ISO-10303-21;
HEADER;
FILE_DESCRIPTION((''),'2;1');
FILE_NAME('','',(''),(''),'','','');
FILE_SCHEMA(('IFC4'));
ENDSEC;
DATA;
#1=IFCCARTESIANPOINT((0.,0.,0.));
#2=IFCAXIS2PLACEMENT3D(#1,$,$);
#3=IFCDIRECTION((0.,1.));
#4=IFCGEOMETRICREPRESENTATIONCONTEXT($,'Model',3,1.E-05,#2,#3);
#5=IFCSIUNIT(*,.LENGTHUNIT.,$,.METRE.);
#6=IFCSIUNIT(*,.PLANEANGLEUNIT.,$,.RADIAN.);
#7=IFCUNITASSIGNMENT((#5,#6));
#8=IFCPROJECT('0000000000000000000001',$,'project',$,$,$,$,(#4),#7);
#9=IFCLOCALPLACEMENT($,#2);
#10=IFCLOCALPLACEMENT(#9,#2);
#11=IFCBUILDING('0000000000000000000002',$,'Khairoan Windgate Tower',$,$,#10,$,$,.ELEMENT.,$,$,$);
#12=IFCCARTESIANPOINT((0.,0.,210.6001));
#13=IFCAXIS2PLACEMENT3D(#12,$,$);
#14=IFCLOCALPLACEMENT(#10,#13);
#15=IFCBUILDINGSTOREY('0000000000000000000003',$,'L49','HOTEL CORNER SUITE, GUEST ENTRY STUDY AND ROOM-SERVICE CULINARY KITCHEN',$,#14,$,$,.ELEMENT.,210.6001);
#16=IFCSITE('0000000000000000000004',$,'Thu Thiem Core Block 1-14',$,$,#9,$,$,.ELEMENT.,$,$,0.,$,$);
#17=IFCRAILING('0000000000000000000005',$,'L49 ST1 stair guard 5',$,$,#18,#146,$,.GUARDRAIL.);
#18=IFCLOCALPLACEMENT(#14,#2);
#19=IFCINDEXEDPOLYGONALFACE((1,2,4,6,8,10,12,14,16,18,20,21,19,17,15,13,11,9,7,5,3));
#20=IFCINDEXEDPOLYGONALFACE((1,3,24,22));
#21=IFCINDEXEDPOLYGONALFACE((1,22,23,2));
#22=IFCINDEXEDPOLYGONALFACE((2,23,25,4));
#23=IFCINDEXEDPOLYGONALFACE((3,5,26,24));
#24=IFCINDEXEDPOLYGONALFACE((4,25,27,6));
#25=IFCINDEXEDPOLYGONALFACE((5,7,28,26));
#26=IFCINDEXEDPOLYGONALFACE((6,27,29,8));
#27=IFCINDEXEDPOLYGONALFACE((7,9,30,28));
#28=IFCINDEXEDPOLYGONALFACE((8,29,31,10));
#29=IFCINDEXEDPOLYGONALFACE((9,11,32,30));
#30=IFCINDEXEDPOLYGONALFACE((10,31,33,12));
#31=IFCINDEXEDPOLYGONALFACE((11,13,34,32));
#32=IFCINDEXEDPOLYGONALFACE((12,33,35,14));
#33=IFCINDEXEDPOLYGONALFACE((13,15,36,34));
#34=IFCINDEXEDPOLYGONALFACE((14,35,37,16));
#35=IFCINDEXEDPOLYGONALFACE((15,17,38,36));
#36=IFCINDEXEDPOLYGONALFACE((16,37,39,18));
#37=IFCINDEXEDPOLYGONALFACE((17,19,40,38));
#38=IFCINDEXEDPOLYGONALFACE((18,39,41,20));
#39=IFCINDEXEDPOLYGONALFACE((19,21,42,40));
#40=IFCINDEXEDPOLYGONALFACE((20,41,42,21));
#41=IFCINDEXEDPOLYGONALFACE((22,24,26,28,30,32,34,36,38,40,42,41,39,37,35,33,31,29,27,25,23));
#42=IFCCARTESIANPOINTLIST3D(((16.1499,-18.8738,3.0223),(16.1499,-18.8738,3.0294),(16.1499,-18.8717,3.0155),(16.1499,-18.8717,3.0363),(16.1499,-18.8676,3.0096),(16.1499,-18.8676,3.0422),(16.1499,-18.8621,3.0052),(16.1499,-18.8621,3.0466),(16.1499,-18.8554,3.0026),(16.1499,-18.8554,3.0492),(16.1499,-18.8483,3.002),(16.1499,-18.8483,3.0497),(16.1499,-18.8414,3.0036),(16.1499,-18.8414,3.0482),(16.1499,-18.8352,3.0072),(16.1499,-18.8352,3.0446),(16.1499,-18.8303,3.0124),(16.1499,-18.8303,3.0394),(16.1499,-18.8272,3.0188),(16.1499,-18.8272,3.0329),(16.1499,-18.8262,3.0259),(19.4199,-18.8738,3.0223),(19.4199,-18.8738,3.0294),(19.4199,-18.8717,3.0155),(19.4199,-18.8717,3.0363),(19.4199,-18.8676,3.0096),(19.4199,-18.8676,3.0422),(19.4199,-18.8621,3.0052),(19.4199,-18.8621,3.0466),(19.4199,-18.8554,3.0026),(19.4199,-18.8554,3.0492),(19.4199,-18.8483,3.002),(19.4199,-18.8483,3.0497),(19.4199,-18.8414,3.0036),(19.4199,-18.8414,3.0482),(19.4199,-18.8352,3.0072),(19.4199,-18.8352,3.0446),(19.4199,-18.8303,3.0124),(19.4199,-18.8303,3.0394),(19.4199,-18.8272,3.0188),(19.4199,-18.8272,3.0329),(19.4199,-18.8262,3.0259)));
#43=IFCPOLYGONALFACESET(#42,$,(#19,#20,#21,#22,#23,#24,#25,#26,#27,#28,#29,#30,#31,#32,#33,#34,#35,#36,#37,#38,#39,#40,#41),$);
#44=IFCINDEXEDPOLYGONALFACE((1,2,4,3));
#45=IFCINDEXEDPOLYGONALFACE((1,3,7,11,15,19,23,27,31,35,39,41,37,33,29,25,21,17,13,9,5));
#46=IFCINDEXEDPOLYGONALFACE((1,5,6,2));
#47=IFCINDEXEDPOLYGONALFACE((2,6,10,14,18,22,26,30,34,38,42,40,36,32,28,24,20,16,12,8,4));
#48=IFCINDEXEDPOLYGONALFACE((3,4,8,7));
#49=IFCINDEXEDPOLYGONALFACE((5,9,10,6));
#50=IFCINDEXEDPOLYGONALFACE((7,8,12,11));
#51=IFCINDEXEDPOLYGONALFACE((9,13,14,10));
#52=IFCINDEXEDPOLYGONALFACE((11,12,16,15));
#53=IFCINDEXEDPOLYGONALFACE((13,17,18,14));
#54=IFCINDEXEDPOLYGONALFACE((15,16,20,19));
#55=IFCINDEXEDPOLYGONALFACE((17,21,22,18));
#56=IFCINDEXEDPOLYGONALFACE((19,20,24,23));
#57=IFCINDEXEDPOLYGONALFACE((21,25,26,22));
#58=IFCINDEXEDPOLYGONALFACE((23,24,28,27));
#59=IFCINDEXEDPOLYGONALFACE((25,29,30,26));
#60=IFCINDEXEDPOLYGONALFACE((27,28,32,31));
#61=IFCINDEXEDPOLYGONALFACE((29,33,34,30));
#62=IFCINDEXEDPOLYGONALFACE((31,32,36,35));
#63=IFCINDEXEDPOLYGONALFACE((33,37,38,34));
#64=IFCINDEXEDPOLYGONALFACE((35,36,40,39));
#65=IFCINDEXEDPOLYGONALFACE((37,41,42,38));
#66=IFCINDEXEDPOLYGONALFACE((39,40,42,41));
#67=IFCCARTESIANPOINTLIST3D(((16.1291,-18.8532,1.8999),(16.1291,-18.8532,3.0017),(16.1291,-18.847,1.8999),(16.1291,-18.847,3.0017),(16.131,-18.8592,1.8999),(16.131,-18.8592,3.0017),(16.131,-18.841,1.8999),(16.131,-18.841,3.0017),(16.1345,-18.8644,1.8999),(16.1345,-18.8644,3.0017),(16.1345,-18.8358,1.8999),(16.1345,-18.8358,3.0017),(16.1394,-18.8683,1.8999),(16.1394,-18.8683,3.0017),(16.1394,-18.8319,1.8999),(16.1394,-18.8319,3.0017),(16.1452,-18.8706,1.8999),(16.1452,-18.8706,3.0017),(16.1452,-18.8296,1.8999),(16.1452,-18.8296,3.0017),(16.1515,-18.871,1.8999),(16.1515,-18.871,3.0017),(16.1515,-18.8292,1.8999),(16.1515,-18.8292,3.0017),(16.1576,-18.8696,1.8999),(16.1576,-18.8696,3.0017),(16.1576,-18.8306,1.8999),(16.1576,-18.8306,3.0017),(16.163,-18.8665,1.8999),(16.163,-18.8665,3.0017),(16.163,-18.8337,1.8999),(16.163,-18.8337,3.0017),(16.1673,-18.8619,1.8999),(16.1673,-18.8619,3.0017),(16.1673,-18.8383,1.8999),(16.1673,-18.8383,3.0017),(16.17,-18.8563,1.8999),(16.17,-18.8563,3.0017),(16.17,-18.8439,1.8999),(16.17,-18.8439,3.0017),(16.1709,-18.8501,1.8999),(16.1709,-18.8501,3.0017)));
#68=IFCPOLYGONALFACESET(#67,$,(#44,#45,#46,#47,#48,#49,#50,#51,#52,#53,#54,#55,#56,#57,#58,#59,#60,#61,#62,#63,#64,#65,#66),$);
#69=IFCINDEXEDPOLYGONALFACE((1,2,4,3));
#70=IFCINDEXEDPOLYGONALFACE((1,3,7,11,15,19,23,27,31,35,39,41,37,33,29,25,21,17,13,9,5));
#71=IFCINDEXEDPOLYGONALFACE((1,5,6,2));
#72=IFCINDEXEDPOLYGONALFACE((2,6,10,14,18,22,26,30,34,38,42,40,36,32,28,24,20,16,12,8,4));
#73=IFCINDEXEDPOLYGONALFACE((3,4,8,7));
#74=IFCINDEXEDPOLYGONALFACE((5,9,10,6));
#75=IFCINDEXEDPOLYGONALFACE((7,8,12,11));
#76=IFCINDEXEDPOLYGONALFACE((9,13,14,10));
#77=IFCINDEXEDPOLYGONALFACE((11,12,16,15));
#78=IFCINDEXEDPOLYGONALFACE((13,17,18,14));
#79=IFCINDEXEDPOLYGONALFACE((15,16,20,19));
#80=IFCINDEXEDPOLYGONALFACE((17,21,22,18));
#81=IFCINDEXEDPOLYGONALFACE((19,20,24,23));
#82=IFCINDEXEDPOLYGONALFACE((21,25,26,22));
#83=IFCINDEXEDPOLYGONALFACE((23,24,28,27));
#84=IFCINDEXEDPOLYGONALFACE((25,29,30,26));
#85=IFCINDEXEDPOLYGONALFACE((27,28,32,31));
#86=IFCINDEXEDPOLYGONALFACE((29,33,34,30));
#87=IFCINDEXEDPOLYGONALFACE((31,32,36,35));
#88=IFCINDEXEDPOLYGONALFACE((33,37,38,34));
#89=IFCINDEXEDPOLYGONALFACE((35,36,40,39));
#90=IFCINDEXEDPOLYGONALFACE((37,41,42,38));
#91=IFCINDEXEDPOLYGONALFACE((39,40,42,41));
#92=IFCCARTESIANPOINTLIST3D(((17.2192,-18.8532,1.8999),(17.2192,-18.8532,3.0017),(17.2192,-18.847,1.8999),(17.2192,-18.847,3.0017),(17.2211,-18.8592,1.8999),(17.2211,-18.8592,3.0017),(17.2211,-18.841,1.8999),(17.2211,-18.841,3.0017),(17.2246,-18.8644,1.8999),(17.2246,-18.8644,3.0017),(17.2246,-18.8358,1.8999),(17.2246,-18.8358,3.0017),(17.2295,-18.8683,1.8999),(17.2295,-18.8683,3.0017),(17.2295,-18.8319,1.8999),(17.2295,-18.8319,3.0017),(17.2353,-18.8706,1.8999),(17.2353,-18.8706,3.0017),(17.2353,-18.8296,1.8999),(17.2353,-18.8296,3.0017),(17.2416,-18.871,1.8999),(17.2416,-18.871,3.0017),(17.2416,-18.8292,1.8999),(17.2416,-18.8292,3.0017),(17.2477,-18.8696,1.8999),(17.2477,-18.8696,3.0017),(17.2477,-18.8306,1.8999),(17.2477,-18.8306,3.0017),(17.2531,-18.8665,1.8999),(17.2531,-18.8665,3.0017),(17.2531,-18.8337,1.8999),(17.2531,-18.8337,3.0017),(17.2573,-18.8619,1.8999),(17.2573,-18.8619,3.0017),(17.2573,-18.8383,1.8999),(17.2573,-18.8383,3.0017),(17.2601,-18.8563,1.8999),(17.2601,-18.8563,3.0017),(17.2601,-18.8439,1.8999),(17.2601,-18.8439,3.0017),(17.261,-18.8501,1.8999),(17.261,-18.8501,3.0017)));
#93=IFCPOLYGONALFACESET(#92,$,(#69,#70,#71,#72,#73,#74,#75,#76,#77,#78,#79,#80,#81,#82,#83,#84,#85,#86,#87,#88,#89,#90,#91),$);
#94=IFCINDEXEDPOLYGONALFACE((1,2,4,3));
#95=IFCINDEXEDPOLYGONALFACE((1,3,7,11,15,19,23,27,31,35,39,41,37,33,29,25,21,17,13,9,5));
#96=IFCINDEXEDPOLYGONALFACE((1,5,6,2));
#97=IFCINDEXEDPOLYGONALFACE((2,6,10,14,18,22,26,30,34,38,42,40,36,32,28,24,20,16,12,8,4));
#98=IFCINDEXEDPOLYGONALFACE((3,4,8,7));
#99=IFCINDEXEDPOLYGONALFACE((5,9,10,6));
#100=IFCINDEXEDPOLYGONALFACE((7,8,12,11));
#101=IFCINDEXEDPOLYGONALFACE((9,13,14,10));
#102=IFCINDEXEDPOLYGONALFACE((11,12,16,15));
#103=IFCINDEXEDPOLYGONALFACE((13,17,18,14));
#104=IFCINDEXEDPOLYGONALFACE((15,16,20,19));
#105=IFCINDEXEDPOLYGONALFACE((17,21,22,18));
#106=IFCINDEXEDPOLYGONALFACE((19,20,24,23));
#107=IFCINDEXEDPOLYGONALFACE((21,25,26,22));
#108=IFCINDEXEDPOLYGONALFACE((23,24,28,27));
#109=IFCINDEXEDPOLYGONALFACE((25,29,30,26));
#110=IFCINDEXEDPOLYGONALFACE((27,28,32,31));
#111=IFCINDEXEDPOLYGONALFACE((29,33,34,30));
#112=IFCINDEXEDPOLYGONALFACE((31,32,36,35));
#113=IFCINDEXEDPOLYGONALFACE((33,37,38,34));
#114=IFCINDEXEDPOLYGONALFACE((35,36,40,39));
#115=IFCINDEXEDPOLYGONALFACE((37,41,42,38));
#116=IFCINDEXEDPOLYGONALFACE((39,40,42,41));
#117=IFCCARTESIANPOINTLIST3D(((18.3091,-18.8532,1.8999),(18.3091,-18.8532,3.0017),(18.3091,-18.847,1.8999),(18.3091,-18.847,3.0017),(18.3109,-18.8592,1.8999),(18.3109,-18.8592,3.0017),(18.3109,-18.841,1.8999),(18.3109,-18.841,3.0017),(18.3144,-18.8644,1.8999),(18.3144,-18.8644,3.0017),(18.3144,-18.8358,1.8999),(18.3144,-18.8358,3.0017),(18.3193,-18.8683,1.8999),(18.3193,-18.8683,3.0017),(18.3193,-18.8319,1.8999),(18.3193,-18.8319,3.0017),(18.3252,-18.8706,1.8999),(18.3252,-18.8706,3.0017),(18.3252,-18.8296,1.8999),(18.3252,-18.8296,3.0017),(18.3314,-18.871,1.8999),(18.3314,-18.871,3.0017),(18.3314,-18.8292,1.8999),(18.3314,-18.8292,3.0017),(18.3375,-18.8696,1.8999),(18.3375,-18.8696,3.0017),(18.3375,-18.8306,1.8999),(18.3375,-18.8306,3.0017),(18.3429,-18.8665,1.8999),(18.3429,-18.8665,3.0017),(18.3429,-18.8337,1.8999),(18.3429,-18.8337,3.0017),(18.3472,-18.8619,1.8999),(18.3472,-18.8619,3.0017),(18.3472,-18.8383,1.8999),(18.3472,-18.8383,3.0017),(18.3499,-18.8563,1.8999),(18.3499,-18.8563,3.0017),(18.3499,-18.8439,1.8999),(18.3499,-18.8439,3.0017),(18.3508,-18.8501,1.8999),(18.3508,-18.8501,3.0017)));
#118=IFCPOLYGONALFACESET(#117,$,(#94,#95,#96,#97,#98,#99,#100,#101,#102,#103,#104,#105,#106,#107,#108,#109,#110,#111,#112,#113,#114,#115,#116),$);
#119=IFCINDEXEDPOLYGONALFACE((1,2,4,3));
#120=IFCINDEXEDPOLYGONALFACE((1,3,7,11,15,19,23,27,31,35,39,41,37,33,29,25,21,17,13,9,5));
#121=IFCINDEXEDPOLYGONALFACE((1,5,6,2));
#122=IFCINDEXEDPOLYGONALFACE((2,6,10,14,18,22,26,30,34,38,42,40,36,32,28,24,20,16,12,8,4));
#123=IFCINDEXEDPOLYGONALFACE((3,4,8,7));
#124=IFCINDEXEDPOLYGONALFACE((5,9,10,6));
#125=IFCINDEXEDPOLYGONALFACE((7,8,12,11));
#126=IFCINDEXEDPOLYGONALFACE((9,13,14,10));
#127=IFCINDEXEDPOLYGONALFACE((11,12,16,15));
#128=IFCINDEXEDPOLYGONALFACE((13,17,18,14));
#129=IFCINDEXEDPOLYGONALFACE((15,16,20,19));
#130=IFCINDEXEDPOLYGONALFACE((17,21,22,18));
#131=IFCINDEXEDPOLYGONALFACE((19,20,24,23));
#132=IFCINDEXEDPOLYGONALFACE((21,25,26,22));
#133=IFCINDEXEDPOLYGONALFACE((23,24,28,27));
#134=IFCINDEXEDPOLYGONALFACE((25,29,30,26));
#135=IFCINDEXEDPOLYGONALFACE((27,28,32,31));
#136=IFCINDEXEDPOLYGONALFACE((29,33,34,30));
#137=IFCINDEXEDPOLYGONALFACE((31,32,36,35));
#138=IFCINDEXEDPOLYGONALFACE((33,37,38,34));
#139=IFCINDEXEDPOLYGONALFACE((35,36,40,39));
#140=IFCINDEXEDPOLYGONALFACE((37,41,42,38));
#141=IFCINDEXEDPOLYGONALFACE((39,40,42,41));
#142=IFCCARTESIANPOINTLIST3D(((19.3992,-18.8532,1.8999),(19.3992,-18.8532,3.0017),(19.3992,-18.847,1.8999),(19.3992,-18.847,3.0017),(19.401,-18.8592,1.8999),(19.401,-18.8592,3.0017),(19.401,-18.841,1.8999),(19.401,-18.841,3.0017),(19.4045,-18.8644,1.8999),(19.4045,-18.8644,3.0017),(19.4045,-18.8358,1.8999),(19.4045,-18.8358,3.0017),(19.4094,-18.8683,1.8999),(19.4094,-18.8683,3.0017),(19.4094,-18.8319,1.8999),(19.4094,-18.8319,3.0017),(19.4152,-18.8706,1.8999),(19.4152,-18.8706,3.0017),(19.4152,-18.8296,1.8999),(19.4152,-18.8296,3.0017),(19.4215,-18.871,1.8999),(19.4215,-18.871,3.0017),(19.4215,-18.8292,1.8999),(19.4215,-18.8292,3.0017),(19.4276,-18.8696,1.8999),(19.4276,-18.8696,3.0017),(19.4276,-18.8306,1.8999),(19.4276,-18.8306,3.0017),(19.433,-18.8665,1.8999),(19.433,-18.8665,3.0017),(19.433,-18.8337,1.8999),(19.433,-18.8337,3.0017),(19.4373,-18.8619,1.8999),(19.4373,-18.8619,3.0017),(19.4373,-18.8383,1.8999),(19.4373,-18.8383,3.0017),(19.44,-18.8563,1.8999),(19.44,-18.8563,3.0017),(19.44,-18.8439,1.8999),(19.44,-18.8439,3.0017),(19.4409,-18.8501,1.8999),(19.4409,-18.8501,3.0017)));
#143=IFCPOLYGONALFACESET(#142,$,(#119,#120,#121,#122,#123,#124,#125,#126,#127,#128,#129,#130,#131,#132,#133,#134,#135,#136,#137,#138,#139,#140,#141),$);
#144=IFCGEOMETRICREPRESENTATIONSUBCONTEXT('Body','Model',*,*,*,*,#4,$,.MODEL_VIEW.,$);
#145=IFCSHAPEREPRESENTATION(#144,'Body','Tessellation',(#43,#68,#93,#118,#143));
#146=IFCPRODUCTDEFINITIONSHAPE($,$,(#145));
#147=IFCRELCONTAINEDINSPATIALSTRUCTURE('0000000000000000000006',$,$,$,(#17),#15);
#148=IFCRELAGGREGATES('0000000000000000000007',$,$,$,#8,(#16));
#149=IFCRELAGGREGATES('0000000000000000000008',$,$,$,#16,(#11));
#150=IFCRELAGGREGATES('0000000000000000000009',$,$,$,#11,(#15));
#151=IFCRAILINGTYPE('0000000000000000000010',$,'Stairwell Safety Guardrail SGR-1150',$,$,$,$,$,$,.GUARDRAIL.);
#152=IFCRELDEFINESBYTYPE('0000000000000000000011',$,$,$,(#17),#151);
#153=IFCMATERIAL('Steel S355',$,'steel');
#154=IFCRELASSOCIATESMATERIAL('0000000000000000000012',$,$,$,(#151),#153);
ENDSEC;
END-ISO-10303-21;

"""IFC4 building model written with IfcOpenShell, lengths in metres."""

from ifc_helpers import new_model, si_unit, direction, frame, origin, origin_2d, place, context, subcontext, project, spatial, circle, extrude, material, type_object, element, save


model = new_model("IFC4")

# Units and contexts
model_context = context("Model", 3, precision=1e-05, world=origin(), true_north=direction((0.0, 1.0)))
body_context = subcontext(model_context, "Body", "Model", "MODEL_VIEW")
ifc_project = project(units=[si_unit("LENGTHUNIT", "METRE"), si_unit("PLANEANGLEUNIT", "RADIAN")], contexts=[model_context])

# Site, building, storey
site_placement = place(None, origin())
site = spatial("IfcSite", under=ifc_project, at=site_placement, Name="Thu Thiem Core Block 1-14", CompositionType="ELEMENT", RefElevation=0.0)
building_placement = place(site_placement, origin())
building = spatial("IfcBuilding", under=site, at=building_placement, Name="Khairoan Windgate Tower", CompositionType="ELEMENT")
storey_placement = place(building_placement, frame((0.0, 0.0, 210.6001)))
storey = spatial("IfcBuildingStorey", under=building, at=storey_placement, Name="L49", Description="HOTEL CORNER SUITE, GUEST ENTRY STUDY AND ROOM-SERVICE CULINARY KITCHEN", CompositionType="ELEMENT", Elevation=210.6001)

# Railing
ifc_material_1 = material(Name="Steel S355", Category="steel")
railing_type = type_object("IfcRailingType", Name="Stairwell Safety Guardrail SGR-1150", PredefinedType="GUARDRAIL", material=ifc_material_1)
railing_1_placement = place(storey_placement, frame((16.1499, -18.8501, 1.8999)))
element("IfcRailing", 1, at=railing_1_placement, inside=storey, type_object=railing_type, Name="L49 ST1 stair guard 5", PredefinedType="GUARDRAIL", context=body_context, shape_type="SweptSolid", body=[
    extrude(circle(Radius=0.0239, at=origin_2d()), frame((0.0, 0.0, 1.126), z_axis=(1.0, 0.0, 0.0), x_axis=(0.0, 1.0, 0.0)), (0.0, 0.0, 1.0), 3.27),
    extrude(circle(Radius=0.021, at=origin_2d()), origin(), (0.0, 0.0, 1.0), 1.1018),
    extrude(circle(Radius=0.021, at=origin_2d()), frame((1.0901, 0.0, 0.0)), (0.0, 0.0, 1.0), 1.1018),
    extrude(circle(Radius=0.021, at=origin_2d()), frame((2.1799, 0.0, 0.0)), (0.0, 0.0, 1.0), 1.1018),
    extrude(circle(Radius=0.021, at=origin_2d()), frame((3.27, 0.0, 0.0)), (0.0, 0.0, 1.0), 1.1018),
])

save(model, "model.ifc")
